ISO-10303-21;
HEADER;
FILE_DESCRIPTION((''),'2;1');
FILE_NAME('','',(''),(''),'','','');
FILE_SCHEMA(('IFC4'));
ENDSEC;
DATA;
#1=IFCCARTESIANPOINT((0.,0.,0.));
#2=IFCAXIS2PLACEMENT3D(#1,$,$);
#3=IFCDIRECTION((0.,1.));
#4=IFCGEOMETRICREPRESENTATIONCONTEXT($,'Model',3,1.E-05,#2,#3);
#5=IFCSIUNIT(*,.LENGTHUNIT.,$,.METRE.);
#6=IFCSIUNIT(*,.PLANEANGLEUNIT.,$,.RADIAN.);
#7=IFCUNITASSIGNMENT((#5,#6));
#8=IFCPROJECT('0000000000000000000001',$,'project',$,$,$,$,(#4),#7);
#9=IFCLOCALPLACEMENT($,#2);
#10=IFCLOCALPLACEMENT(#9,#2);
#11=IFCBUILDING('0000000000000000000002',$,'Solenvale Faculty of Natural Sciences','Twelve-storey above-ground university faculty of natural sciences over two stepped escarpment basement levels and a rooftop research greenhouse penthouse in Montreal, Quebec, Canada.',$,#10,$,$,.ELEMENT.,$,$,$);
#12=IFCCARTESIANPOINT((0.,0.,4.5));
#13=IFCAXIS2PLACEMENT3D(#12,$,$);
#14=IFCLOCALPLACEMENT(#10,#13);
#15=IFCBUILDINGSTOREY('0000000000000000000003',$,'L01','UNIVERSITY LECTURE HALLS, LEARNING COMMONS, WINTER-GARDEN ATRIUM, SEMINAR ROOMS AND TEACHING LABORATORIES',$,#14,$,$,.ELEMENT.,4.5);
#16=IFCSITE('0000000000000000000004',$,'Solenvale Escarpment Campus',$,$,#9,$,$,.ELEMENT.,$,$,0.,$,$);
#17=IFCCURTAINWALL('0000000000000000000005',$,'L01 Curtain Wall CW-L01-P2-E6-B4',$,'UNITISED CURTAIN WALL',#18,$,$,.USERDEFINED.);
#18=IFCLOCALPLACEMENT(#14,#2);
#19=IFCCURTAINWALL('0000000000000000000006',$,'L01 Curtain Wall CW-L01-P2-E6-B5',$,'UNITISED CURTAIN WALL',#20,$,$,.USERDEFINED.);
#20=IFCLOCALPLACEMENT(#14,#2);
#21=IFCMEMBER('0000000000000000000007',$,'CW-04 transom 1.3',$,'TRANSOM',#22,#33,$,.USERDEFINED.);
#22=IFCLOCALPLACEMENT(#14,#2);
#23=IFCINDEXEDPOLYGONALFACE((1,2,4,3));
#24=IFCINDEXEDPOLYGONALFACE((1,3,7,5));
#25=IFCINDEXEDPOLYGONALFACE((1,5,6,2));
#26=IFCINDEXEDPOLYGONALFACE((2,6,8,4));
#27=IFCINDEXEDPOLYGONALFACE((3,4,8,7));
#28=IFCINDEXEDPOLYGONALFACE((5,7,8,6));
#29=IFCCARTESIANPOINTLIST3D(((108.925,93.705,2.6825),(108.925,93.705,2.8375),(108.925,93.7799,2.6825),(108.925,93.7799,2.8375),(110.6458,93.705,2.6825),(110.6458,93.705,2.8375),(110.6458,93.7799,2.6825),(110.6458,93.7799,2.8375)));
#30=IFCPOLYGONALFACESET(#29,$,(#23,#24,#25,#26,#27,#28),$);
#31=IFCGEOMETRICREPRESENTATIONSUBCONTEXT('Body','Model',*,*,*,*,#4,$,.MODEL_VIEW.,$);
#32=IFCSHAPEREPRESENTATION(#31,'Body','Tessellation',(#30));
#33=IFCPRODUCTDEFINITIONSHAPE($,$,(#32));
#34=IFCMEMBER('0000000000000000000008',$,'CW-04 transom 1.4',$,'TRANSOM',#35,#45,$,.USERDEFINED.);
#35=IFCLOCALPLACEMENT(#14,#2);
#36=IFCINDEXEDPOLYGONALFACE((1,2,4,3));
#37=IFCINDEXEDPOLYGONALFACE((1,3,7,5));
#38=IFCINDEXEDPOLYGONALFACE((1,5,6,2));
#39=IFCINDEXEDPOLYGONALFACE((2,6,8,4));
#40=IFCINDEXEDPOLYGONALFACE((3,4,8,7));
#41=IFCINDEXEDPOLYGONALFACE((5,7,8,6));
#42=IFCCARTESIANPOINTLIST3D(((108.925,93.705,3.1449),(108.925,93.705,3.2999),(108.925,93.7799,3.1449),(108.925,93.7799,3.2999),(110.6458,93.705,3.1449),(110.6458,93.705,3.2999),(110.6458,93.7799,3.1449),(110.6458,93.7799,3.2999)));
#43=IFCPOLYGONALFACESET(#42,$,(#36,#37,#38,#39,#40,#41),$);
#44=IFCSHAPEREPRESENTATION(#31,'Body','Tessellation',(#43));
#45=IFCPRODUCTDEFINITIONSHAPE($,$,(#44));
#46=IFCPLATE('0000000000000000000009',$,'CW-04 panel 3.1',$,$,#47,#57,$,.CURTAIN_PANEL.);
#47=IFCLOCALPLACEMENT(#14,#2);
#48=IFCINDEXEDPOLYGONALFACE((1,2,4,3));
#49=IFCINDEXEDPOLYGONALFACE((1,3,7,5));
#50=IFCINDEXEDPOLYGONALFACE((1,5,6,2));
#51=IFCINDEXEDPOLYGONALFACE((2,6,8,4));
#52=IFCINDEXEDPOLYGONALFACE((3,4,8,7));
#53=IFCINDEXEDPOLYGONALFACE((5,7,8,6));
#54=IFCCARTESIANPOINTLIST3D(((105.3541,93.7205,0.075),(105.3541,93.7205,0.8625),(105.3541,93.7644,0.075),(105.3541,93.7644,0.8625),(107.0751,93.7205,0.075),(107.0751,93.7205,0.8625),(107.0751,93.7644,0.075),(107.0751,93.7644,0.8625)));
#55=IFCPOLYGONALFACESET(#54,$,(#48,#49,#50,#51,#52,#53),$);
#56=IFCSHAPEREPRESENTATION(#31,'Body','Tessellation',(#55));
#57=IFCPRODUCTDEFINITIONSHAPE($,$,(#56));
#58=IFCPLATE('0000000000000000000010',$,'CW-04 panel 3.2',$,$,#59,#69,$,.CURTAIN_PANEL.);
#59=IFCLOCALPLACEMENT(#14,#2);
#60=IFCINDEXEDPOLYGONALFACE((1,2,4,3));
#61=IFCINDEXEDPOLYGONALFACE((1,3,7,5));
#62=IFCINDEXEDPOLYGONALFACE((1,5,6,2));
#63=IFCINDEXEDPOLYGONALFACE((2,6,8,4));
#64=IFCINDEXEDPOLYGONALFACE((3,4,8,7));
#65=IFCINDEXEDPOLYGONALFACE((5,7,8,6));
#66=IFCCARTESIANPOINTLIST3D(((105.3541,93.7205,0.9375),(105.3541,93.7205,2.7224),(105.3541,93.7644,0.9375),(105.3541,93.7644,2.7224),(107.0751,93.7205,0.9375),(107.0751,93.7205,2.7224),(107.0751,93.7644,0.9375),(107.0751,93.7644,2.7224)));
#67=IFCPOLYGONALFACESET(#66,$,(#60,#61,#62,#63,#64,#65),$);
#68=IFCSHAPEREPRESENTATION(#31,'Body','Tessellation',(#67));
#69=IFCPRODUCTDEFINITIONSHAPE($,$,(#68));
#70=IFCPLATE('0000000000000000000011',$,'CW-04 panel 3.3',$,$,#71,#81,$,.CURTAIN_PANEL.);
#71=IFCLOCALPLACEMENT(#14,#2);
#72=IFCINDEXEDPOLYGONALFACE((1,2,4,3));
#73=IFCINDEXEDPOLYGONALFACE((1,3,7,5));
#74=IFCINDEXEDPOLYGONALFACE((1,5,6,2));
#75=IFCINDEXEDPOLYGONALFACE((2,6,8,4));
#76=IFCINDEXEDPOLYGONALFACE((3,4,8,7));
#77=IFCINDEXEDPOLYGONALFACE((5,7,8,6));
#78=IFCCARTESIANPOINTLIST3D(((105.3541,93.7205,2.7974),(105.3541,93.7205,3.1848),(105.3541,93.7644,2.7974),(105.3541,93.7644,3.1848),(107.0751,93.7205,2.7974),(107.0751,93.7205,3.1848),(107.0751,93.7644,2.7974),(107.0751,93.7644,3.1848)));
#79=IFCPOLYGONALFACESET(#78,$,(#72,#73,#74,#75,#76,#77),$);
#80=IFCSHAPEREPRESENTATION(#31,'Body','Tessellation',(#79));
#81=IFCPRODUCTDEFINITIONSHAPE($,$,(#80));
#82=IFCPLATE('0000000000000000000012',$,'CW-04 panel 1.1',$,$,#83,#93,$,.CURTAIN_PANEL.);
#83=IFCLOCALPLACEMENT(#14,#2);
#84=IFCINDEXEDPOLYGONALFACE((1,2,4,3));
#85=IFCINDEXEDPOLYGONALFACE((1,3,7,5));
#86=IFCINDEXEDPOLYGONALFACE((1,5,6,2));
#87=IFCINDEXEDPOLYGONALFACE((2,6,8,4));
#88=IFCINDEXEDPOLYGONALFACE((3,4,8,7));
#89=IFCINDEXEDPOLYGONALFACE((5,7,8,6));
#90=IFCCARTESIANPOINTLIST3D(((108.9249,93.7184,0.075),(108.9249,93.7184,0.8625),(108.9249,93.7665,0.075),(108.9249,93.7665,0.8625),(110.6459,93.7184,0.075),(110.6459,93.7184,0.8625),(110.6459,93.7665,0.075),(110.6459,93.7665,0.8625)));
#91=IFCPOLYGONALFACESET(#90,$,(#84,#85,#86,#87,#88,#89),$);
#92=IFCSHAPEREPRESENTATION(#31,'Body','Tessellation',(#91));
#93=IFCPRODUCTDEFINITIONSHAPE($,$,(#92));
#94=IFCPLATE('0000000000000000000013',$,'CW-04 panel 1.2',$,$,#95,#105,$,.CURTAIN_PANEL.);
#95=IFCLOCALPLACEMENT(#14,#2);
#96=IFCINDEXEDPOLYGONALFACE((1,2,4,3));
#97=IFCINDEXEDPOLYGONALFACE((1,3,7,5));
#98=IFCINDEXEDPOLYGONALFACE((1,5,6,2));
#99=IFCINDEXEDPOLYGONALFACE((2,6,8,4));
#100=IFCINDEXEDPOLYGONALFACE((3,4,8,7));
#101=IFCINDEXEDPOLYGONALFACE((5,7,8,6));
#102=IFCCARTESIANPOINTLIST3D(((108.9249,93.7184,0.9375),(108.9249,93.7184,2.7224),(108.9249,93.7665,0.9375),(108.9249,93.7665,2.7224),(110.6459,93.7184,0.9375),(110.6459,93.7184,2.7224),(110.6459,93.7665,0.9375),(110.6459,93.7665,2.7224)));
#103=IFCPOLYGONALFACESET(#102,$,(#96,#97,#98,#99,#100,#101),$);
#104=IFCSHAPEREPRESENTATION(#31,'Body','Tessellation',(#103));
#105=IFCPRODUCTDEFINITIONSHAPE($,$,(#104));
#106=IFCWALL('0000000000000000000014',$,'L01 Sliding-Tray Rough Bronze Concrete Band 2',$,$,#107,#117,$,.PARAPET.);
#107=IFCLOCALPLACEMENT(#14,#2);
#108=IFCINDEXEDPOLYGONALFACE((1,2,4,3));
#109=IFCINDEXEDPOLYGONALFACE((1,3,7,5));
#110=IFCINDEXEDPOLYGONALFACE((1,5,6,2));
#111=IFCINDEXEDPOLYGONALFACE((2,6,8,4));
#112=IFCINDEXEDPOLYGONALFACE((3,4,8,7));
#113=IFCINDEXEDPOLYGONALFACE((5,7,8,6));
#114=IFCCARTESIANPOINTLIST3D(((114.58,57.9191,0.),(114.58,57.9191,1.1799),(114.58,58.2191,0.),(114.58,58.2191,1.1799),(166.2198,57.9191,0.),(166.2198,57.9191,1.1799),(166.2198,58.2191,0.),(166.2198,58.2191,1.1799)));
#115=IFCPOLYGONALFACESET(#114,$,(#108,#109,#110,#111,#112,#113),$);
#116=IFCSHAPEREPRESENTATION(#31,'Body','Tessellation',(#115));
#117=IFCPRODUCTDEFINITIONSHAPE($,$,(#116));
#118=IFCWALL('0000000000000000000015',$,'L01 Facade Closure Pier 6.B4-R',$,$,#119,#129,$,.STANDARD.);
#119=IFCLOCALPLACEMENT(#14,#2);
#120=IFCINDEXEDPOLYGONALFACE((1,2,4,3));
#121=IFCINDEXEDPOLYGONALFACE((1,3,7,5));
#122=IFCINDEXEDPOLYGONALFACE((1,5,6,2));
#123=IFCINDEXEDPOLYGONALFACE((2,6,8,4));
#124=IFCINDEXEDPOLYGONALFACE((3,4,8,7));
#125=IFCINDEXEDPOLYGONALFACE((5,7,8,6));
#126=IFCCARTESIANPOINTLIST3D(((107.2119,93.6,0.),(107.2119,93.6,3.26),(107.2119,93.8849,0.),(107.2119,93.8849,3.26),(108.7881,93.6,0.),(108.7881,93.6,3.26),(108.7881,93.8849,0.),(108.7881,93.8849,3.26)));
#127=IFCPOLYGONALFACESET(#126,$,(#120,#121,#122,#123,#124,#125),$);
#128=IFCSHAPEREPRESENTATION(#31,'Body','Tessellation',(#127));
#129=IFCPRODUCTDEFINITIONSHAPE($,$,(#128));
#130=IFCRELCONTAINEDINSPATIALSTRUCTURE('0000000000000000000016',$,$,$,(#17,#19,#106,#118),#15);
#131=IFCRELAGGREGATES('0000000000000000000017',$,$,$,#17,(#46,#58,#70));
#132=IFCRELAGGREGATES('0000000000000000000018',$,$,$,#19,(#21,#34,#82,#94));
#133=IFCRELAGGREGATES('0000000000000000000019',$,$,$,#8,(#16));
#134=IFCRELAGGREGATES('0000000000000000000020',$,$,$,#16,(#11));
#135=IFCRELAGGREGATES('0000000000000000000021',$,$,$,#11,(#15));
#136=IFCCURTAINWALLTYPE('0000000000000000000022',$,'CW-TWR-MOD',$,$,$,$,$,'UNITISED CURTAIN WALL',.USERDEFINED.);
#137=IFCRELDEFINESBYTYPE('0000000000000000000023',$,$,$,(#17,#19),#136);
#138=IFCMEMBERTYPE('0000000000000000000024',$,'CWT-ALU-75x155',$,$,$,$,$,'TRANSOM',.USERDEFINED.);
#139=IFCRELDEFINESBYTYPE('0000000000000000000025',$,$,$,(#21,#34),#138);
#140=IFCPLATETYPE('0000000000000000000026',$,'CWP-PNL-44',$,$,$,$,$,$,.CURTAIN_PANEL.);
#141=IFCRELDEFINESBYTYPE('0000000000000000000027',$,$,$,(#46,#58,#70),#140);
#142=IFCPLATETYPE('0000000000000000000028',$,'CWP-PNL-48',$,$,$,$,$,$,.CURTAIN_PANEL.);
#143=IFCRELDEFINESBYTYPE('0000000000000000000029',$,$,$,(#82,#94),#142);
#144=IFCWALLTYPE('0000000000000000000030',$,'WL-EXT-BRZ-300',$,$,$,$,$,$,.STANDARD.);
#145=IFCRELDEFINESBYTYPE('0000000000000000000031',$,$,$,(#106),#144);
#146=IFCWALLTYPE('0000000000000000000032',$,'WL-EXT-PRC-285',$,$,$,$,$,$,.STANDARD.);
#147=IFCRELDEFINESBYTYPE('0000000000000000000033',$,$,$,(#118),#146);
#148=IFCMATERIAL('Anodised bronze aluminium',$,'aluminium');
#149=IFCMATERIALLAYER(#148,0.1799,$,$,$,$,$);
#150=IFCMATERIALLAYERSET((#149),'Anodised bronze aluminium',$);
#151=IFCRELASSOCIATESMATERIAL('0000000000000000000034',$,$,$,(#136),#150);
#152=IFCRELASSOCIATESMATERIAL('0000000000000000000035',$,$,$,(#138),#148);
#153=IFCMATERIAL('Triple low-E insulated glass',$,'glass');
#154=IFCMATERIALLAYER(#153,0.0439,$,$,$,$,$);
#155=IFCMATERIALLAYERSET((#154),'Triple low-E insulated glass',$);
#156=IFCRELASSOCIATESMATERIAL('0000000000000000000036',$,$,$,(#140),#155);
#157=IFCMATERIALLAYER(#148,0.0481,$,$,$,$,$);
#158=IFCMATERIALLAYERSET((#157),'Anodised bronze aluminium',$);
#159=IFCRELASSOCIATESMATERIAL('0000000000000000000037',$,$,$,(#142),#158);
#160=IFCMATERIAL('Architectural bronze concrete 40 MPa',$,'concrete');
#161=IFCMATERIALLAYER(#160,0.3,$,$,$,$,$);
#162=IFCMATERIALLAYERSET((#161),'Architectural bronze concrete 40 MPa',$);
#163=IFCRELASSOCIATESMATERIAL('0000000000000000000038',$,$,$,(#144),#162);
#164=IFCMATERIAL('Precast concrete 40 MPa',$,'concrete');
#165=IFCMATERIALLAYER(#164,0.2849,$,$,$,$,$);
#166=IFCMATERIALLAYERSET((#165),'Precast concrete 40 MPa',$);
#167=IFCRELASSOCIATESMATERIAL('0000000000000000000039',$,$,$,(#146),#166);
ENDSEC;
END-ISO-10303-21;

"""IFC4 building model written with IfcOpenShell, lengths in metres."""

from ifc_helpers import new_model, si_unit, direction, frame, frame_2d, origin, origin_2d, place, context, subcontext, project, spatial, rectangle, extrude, material, layer, layer_set, material_profile, profile_set, type_object, element, aggregate, save


model = new_model("IFC4")

# Units and contexts
model_context = context("Model", 3, precision=1e-05, world=origin(), true_north=direction((0.0, 1.0)))
body_context = subcontext(model_context, "Body", "Model", "MODEL_VIEW")
ifc_project = project(units=[si_unit("LENGTHUNIT", "METRE"), si_unit("PLANEANGLEUNIT", "RADIAN")], contexts=[model_context])

# Site, building, storey
site_placement = place(None, origin())
site = spatial("IfcSite", under=ifc_project, at=site_placement, Name="Solenvale Escarpment Campus", CompositionType="ELEMENT", RefElevation=0.0)
building_placement = place(site_placement, origin())
building = spatial("IfcBuilding", under=site, at=building_placement, Name="Solenvale Faculty of Natural Sciences", Description="Twelve-storey above-ground university faculty of natural sciences over two stepped escarpment basement levels and a rooftop research greenhouse penthouse in Montreal, Quebec, Canada.", CompositionType="ELEMENT")
storey_placement = place(building_placement, frame((0.0, 0.0, 4.5)))
storey = spatial("IfcBuildingStorey", under=building, at=storey_placement, Name="L01", Description="UNIVERSITY LECTURE HALLS, LEARNING COMMONS, WINTER-GARDEN ATRIUM, SEMINAR ROOMS AND TEACHING LABORATORIES", CompositionType="ELEMENT", Elevation=4.5)

# Curtain walls
ifc_material_1 = material(Name="Anodised bronze aluminium", Category="aluminium")
ifc_layer_1 = layer(ifc_material_1, 0.1799)
ifc_layer_set_1 = layer_set([ifc_layer_1], Name="Anodised bronze aluminium")
curtain_wall_type = type_object("IfcCurtainWallType", Name="CW-TWR-MOD", ElementType="UNITISED CURTAIN WALL", PredefinedType="USERDEFINED", material=ifc_layer_set_1)
curtain_wall_1_placement = place(storey_placement, origin())
curtain_wall_1 = element("IfcCurtainWall", 1, at=curtain_wall_1_placement, inside=storey, type_object=curtain_wall_type, Name="L01 Curtain Wall CW-L01-P2-E6-B4", ObjectType="UNITISED CURTAIN WALL", PredefinedType="USERDEFINED")
curtain_wall_2_placement = place(storey_placement, origin())
curtain_wall_2 = element("IfcCurtainWall", 2, at=curtain_wall_2_placement, inside=storey, type_object=curtain_wall_type, Name="L01 Curtain Wall CW-L01-P2-E6-B5", ObjectType="UNITISED CURTAIN WALL", PredefinedType="USERDEFINED")

# Members
ifc_material_profile_1 = material_profile(ifc_material_1, rectangle(XDim=0.075, YDim=0.155, at=origin_2d()), Name="ALU-TRN-75x155")
ifc_profile_set_1 = profile_set([ifc_material_profile_1], Name="Anodised bronze aluminium")
member_type_1 = type_object("IfcMemberType", Name="CWT-ALU-75x155", ElementType="TRANSOM", PredefinedType="USERDEFINED", material=ifc_profile_set_1)
member_1_placement = place(storey_placement, frame((108.925, 93.7424, 2.76), z_axis=(1.0, 0.0, 0.0), x_axis=(0.0, 1.0, 0.0)))
member_1 = element("IfcMember", 3, at=member_1_placement, type_object=member_type_1, Name="CW-04 transom 1.3", ObjectType="TRANSOM", PredefinedType="USERDEFINED", context=body_context, shape_type="SweptSolid", body=[
    extrude(rectangle(XDim=0.075, YDim=0.155, at=origin_2d()), origin(), (0.0, 0.0, 1.0), 1.7207),
])
member_2_placement = place(storey_placement, frame((108.925, 93.7424, 3.2224), z_axis=(1.0, 0.0, 0.0), x_axis=(0.0, 1.0, 0.0)))
member_2 = element("IfcMember", 4, at=member_2_placement, type_object=member_type_1, Name="CW-04 transom 1.4", ObjectType="TRANSOM", PredefinedType="USERDEFINED", context=body_context, shape_type="SweptSolid", body=[
    extrude(rectangle(XDim=0.075, YDim=0.155, at=origin_2d()), origin(), (0.0, 0.0, 1.0), 1.7207),
])

# Plates
ifc_material_2 = material(Name="Triple low-E insulated glass", Category="glass")
ifc_layer_2 = layer(ifc_material_2, 0.0439)
ifc_layer_set_2 = layer_set([ifc_layer_2], Name="Triple low-E insulated glass")
plate_type_1 = type_object("IfcPlateType", Name="CWP-PNL-44", PredefinedType="CURTAIN_PANEL", material=ifc_layer_set_2)
plate_1_placement = place(storey_placement, frame((106.2146, 93.7424, 0.075), z_axis=(0.0, 0.0, 1.0), x_axis=(1.0, 0.0, 0.0)))
plate_1 = element("IfcPlate", 5, at=plate_1_placement, type_object=plate_type_1, Name="CW-04 panel 3.1", PredefinedType="CURTAIN_PANEL", context=body_context, shape_type="SweptSolid", body=[
    extrude(rectangle(XDim=1.7209, YDim=0.0439, at=origin_2d()), origin(), (0.0, 0.0, 1.0), 0.7876),
])
plate_2_placement = place(storey_placement, frame((106.2146, 93.7424, 0.9375), z_axis=(0.0, 0.0, 1.0), x_axis=(1.0, 0.0, 0.0)))
plate_2 = element("IfcPlate", 6, at=plate_2_placement, type_object=plate_type_1, Name="CW-04 panel 3.2", PredefinedType="CURTAIN_PANEL", context=body_context, shape_type="SweptSolid", body=[
    extrude(rectangle(XDim=1.7209, YDim=0.0439, at=origin_2d()), origin(), (0.0, 0.0, 1.0), 1.7849),
])
plate_3_placement = place(storey_placement, frame((106.2146, 93.7424, 2.7974), z_axis=(0.0, 0.0, 1.0), x_axis=(1.0, 0.0, 0.0)))
plate_3 = element("IfcPlate", 7, at=plate_3_placement, type_object=plate_type_1, Name="CW-04 panel 3.3", PredefinedType="CURTAIN_PANEL", context=body_context, shape_type="SweptSolid", body=[
    extrude(rectangle(XDim=1.7209, YDim=0.0439, at=origin_2d()), origin(), (0.0, 0.0, 1.0), 0.3875),
])
aggregate(curtain_wall_1, [plate_1, plate_2, plate_3])
ifc_layer_3 = layer(ifc_material_1, 0.0481)
ifc_layer_set_3 = layer_set([ifc_layer_3], Name="Anodised bronze aluminium")
plate_type_2 = type_object("IfcPlateType", Name="CWP-PNL-48", PredefinedType="CURTAIN_PANEL", material=ifc_layer_set_3)
plate_4_placement = place(storey_placement, frame((109.7854, 93.7424, 0.075), z_axis=(0.0, 0.0, 1.0), x_axis=(1.0, 0.0, 0.0)))
plate_4 = element("IfcPlate", 8, at=plate_4_placement, type_object=plate_type_2, Name="CW-04 panel 1.1", PredefinedType="CURTAIN_PANEL", context=body_context, shape_type="SweptSolid", body=[
    extrude(rectangle(XDim=1.7209, YDim=0.0481, at=origin_2d()), origin(), (0.0, 0.0, 1.0), 0.7876),
])
plate_5_placement = place(storey_placement, frame((109.7854, 93.7424, 0.9375), z_axis=(0.0, 0.0, 1.0), x_axis=(1.0, 0.0, 0.0)))
plate_5 = element("IfcPlate", 9, at=plate_5_placement, type_object=plate_type_2, Name="CW-04 panel 1.2", PredefinedType="CURTAIN_PANEL", context=body_context, shape_type="SweptSolid", body=[
    extrude(rectangle(XDim=1.7209, YDim=0.0481, at=origin_2d()), origin(), (0.0, 0.0, 1.0), 1.7849),
])
aggregate(curtain_wall_2, [member_1, member_2, plate_4, plate_5])

# Walls
ifc_material_3 = material(Name="Architectural bronze concrete 40 MPa", Category="concrete")
ifc_layer_4 = layer(ifc_material_3, 0.3)
ifc_layer_set_4 = layer_set([ifc_layer_4], Name="Architectural bronze concrete 40 MPa")
wall_type_1 = type_object("IfcWallType", Name="WL-EXT-BRZ-300", PredefinedType="STANDARD", material=ifc_layer_set_4)
wall_1_placement = place(storey_placement, frame((114.5801, 58.0691, 0.0), z_axis=(0.0, 0.0, 1.0), x_axis=(1.0, 0.0, 0.0)))
element("IfcWall", 10, at=wall_1_placement, inside=storey, type_object=wall_type_1, Name="L01 Sliding-Tray Rough Bronze Concrete Band 2", PredefinedType="PARAPET", context=body_context, shape_type="SweptSolid", body=[
    extrude(rectangle(XDim=51.6399, YDim=0.3, at=frame_2d((25.8198, 0.0))), origin(), (0.0, 0.0, 1.0), 1.1799),
])
ifc_material_4 = material(Name="Precast concrete 40 MPa", Category="concrete")
ifc_layer_5 = layer(ifc_material_4, 0.2849)
ifc_layer_set_5 = layer_set([ifc_layer_5], Name="Precast concrete 40 MPa")
wall_type_2 = type_object("IfcWallType", Name="WL-EXT-PRC-285", PredefinedType="STANDARD", material=ifc_layer_set_5)
wall_2_placement = place(storey_placement, frame((107.2119, 93.7424, 0.0), z_axis=(0.0, 0.0, 1.0), x_axis=(1.0, 0.0, 0.0)))
element("IfcWall", 11, at=wall_2_placement, inside=storey, type_object=wall_type_2, Name="L01 Facade Closure Pier 6.B4-R", PredefinedType="STANDARD", context=body_context, shape_type="SweptSolid", body=[
    extrude(rectangle(XDim=1.5762, YDim=0.2849, at=frame_2d((0.7881, 0.0))), origin(), (0.0, 0.0, 1.0), 3.26),
])

save(model, "model.ifc")
